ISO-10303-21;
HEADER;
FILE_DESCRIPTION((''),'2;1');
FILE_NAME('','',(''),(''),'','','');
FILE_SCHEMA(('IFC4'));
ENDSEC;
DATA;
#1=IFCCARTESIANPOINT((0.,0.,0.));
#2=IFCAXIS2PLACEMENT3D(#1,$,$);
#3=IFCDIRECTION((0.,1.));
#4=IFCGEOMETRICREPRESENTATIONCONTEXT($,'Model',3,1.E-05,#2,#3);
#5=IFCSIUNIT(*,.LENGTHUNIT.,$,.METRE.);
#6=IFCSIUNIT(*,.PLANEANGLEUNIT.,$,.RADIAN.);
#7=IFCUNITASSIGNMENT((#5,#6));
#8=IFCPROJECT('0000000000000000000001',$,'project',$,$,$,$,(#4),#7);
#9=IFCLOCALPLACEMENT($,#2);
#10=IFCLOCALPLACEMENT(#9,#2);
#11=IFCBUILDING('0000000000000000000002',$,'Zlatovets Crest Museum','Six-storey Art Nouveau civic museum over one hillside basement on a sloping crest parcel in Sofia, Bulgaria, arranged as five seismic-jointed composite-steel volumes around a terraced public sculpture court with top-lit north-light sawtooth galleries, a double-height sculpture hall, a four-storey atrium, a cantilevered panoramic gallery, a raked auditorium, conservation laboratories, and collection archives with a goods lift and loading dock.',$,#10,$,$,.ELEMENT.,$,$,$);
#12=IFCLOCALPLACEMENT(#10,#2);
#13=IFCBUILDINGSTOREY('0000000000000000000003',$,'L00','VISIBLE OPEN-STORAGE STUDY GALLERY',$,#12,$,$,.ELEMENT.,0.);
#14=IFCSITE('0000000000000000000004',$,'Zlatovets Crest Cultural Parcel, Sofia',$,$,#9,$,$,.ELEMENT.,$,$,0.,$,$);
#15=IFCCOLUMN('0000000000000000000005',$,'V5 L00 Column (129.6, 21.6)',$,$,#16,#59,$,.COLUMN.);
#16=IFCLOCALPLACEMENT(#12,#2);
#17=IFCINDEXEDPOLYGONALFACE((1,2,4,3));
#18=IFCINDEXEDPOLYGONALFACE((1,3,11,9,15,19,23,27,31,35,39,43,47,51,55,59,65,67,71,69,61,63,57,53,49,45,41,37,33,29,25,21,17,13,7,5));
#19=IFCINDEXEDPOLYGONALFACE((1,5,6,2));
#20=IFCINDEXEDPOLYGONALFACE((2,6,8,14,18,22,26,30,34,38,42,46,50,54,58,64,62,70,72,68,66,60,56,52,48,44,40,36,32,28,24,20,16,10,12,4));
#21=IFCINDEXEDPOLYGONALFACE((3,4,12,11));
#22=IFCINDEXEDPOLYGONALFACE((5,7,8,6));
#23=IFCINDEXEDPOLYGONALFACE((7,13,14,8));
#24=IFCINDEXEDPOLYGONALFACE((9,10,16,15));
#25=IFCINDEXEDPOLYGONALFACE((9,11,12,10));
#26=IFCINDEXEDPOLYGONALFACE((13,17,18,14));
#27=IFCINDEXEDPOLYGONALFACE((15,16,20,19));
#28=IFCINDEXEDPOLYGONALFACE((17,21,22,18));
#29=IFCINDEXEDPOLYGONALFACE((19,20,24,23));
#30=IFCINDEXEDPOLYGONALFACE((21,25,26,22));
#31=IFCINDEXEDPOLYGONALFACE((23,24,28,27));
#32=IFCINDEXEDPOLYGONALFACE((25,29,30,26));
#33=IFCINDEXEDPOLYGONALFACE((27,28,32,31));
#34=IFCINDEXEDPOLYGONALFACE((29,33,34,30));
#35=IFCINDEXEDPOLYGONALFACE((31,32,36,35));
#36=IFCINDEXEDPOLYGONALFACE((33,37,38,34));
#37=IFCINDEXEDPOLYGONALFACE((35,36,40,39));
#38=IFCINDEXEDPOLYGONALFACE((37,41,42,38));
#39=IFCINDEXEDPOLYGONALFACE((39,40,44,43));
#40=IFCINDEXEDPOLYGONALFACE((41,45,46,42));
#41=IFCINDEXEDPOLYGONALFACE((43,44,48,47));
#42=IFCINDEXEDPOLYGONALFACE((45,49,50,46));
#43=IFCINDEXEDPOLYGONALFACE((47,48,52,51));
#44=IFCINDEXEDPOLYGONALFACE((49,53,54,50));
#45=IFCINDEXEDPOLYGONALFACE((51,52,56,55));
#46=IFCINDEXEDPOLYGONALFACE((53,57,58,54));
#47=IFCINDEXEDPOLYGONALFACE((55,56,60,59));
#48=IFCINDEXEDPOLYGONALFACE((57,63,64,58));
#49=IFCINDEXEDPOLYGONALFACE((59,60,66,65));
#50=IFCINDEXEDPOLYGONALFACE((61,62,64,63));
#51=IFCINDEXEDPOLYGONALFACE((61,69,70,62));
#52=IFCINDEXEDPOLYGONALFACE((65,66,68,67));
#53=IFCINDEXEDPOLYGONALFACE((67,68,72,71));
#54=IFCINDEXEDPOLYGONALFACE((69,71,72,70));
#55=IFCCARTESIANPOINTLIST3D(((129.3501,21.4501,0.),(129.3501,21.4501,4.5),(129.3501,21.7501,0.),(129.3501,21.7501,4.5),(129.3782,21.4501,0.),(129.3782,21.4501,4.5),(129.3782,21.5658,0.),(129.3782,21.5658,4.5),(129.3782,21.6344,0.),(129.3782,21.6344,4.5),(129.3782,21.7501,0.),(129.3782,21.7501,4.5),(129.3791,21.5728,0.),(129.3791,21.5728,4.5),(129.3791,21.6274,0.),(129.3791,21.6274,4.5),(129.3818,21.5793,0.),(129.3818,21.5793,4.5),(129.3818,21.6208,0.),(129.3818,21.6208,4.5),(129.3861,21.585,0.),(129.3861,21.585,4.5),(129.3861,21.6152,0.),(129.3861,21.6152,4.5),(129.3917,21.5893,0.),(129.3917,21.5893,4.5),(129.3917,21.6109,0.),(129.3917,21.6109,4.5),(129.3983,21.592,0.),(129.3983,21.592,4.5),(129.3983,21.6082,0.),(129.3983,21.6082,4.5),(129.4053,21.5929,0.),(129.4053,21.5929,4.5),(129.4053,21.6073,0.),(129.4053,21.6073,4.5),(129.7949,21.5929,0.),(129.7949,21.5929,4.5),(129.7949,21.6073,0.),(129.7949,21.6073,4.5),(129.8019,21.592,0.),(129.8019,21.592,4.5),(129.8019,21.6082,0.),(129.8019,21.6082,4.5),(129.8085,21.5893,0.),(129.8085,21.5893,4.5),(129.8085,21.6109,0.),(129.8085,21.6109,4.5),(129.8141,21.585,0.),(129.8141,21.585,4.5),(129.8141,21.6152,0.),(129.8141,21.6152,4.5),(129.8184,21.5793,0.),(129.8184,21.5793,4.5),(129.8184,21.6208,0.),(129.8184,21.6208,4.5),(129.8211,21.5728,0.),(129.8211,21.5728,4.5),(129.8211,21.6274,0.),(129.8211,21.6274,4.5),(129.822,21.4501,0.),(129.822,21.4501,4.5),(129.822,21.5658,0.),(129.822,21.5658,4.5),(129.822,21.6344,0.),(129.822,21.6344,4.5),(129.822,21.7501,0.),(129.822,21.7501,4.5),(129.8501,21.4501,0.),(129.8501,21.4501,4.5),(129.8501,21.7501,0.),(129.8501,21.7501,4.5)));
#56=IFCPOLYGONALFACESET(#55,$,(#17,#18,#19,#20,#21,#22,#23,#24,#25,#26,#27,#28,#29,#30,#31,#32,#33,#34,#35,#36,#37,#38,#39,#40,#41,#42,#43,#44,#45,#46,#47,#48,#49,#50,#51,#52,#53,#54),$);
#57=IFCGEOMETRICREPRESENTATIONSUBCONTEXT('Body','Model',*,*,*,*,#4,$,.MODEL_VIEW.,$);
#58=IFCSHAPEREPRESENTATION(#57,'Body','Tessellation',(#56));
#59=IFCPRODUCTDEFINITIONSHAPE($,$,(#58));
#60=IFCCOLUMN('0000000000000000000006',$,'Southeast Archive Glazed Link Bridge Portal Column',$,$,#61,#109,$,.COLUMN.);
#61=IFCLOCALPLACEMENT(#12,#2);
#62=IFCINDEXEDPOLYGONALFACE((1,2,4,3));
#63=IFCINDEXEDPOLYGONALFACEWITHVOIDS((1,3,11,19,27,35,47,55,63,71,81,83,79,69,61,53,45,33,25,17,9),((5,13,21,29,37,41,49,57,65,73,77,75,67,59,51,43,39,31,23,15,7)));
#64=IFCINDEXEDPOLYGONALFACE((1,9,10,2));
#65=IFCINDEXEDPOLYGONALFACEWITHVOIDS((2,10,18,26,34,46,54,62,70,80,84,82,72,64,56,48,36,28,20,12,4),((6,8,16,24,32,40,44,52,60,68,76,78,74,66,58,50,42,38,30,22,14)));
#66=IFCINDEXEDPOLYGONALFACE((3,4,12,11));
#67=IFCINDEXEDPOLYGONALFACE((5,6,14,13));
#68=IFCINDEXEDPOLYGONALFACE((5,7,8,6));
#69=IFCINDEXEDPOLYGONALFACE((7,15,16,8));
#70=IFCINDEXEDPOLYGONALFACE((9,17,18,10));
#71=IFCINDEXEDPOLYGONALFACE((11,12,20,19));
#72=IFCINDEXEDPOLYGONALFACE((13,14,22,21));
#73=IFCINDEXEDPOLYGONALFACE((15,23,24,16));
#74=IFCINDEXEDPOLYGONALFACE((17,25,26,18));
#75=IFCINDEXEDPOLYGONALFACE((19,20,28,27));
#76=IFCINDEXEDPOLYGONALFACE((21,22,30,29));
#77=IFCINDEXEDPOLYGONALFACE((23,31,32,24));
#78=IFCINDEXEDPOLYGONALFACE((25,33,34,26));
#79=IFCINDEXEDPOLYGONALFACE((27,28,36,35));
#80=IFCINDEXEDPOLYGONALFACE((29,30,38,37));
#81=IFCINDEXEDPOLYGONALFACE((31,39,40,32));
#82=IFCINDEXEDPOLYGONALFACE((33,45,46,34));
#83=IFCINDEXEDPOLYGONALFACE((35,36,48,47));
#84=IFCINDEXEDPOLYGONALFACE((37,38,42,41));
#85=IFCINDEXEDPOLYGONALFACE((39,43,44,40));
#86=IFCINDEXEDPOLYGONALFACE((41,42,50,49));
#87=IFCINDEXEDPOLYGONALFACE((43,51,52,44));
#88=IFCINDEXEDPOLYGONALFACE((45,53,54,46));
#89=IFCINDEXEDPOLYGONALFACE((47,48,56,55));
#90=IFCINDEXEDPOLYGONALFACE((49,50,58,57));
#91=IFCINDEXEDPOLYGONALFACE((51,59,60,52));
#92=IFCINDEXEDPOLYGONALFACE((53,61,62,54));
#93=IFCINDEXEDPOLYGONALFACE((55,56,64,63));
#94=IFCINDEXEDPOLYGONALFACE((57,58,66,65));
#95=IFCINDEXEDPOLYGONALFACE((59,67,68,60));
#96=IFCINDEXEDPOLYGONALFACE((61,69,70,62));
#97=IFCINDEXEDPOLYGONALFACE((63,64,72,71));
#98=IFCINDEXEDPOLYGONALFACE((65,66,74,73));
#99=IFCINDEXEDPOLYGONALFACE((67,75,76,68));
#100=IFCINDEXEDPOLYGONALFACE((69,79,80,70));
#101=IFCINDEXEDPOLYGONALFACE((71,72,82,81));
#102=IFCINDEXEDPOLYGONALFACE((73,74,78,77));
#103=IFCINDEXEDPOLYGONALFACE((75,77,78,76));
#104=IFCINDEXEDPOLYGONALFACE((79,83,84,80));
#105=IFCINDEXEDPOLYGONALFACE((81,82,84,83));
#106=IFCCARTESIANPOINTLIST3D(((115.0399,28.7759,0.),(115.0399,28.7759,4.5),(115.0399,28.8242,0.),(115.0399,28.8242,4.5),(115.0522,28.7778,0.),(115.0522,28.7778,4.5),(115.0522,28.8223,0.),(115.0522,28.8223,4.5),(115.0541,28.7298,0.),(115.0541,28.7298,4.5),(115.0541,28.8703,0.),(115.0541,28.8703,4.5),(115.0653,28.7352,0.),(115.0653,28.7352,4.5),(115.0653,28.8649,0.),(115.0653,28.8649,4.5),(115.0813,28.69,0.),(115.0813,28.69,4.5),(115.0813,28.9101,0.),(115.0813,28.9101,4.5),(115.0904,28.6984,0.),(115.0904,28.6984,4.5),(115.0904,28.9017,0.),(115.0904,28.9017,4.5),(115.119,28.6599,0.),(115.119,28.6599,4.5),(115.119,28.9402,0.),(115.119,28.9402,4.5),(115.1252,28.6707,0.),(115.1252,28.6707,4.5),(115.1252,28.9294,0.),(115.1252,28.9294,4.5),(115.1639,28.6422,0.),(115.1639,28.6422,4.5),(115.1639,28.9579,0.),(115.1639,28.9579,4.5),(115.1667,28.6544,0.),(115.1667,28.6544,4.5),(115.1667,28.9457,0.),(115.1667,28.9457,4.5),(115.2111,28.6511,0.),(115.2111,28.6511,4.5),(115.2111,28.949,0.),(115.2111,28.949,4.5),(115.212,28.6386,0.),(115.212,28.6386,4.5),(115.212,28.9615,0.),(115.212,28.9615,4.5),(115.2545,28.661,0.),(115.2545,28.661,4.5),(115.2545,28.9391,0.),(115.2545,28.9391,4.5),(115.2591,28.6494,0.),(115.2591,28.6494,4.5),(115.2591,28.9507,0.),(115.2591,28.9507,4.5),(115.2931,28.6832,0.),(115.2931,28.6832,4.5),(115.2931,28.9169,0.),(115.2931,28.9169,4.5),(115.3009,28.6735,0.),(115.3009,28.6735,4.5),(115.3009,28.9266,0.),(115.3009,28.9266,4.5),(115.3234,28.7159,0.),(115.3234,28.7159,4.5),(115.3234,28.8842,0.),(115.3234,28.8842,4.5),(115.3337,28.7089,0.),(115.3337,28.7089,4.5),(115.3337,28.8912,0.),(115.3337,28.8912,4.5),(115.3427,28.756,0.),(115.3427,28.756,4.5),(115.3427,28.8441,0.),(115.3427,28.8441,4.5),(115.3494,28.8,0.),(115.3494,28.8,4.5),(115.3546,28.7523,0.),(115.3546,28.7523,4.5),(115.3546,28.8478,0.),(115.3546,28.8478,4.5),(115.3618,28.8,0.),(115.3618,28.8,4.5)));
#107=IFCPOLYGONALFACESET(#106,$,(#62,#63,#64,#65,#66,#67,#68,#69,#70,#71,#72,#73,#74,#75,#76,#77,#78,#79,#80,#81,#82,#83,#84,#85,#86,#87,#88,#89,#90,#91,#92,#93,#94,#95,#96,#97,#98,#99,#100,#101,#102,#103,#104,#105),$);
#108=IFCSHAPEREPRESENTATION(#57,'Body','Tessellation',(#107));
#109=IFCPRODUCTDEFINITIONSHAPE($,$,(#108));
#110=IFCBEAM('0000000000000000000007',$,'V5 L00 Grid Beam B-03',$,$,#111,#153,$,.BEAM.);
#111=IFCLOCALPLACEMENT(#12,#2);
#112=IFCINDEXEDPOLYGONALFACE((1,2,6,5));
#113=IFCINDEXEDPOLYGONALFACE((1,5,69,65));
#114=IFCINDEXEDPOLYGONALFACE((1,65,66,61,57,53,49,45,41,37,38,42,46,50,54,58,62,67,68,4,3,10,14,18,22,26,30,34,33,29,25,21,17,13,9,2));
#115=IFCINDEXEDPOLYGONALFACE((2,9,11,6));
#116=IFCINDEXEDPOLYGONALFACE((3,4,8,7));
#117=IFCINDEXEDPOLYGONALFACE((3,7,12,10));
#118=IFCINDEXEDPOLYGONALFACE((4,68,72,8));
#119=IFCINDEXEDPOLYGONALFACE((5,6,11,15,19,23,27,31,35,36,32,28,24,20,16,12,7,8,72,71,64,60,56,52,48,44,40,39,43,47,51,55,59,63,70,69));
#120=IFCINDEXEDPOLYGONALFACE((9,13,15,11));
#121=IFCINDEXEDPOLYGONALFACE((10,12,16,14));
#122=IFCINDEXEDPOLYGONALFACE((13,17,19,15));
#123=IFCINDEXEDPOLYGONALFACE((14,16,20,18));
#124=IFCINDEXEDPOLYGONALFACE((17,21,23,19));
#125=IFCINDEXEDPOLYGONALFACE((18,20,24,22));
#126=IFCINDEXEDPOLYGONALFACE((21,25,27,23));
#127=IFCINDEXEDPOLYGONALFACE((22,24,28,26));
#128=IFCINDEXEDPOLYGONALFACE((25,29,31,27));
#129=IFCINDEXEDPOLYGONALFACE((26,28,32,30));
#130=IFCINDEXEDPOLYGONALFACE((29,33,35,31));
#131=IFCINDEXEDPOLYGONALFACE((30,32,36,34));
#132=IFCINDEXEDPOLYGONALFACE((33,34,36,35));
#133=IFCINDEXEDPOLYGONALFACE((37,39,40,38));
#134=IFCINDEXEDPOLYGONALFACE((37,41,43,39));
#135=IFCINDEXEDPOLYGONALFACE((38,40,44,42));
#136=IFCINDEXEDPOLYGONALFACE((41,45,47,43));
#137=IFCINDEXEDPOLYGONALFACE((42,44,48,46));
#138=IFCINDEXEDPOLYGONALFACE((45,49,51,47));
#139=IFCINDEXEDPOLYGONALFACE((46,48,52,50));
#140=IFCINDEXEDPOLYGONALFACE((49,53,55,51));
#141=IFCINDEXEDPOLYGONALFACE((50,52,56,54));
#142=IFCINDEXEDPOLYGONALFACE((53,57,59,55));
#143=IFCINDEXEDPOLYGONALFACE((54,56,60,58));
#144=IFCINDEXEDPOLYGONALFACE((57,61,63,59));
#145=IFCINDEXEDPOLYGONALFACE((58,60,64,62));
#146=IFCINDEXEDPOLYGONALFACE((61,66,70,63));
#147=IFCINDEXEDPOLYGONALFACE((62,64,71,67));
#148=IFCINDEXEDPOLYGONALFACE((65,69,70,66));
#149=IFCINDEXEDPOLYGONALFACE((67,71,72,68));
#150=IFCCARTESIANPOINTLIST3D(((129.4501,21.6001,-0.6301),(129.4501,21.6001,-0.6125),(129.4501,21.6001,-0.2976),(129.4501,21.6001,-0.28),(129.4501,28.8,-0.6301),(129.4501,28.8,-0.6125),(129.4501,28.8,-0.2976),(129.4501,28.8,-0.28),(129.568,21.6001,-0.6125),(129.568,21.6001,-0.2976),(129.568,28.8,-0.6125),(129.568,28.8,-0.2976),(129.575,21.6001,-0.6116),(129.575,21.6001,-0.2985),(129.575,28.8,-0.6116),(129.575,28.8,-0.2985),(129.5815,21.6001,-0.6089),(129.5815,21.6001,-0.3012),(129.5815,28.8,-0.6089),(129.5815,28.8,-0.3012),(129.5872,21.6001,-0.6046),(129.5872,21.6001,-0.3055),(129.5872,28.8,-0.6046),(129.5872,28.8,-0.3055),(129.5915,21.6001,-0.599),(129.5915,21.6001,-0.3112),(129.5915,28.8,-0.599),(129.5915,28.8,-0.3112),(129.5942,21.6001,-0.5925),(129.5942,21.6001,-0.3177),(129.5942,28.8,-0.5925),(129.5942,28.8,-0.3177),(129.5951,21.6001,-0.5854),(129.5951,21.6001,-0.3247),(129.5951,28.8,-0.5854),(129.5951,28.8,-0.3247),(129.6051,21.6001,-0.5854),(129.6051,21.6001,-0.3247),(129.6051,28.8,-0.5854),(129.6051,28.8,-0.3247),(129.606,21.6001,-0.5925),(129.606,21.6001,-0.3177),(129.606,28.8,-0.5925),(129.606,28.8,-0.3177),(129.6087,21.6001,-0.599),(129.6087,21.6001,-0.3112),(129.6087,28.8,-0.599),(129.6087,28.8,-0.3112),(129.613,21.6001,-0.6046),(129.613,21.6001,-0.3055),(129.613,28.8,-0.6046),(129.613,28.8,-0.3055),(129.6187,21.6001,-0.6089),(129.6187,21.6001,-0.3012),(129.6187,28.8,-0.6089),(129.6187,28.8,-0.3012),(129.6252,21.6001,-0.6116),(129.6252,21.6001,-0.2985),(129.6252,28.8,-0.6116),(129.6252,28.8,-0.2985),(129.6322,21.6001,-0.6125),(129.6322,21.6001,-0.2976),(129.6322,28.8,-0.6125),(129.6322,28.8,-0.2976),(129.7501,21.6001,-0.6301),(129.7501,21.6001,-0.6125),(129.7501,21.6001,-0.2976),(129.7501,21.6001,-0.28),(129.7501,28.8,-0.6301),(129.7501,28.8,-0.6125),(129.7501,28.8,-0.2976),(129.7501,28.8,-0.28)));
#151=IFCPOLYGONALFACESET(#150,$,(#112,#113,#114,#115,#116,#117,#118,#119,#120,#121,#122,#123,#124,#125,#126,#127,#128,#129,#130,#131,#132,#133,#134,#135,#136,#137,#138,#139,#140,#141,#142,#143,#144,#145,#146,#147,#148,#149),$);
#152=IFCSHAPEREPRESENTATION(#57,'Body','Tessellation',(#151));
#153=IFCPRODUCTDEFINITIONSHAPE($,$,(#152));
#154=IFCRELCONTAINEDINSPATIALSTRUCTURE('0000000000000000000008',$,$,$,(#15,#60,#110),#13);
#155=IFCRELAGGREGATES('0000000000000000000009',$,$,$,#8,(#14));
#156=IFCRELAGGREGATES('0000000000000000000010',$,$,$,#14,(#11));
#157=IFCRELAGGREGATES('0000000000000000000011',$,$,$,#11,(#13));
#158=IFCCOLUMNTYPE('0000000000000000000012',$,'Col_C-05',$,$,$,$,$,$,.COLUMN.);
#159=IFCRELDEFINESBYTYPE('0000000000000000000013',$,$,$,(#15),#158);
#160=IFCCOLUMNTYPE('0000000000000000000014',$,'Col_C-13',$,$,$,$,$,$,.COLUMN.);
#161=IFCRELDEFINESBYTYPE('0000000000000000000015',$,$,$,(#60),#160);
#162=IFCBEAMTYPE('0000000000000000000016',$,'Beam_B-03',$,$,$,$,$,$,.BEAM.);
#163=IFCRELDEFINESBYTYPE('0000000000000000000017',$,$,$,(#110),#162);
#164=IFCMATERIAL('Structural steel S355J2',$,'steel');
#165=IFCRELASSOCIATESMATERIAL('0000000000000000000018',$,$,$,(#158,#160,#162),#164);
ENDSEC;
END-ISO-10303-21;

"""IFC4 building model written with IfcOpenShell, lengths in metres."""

from ifc_helpers import new_model, si_unit, direction, frame, origin, origin_2d, place, context, subcontext, project, spatial, hollow_circle, i_section, extrude, material, material_profile, profile_set, type_object, element, save


model = new_model("IFC4")

# Units and contexts
model_context = context("Model", 3, precision=1e-05, world=origin(), true_north=direction((0.0, 1.0)))
body_context = subcontext(model_context, "Body", "Model", "MODEL_VIEW")
ifc_project = project(units=[si_unit("LENGTHUNIT", "METRE"), si_unit("PLANEANGLEUNIT", "RADIAN")], contexts=[model_context])

# Site, building, storey
site_placement = place(None, origin())
site = spatial("IfcSite", under=ifc_project, at=site_placement, Name="Zlatovets Crest Cultural Parcel, Sofia", CompositionType="ELEMENT", RefElevation=0.0)
building_placement = place(site_placement, origin())
building = spatial("IfcBuilding", under=site, at=building_placement, Name="Zlatovets Crest Museum", Description="Six-storey Art Nouveau civic museum over one hillside basement on a sloping crest parcel in Sofia, Bulgaria, arranged as five seismic-jointed composite-steel volumes around a terraced public sculpture court with top-lit north-light sawtooth galleries, a double-height sculpture hall, a four-storey atrium, a cantilevered panoramic gallery, a raked auditorium, conservation laboratories, and collection archives with a goods lift and loading dock.", CompositionType="ELEMENT")
storey_placement = place(building_placement, origin())
storey = spatial("IfcBuildingStorey", under=building, at=storey_placement, Name="L00", Description="VISIBLE OPEN-STORAGE STUDY GALLERY", CompositionType="ELEMENT", Elevation=0.0)

# Columns
ifc_material_1 = material(Name="Structural steel S355J2", Category="steel")
ifc_material_profile_1 = material_profile(ifc_material_1, i_section(OverallWidth=0.3, OverallDepth=0.5, WebThickness=0.0144, FlangeThickness=0.0281, FilletRadius=0.0271, at=origin_2d()), Name="HEB 500")
ifc_profile_set_1 = profile_set([ifc_material_profile_1], Name="Structural steel S355J2")
column_type_1 = type_object("IfcColumnType", Name="Col_C-05", PredefinedType="COLUMN", material=ifc_profile_set_1)
column_1_placement = place(storey_placement, frame((129.6001, 21.6001, 0.0), z_axis=(0.0, 0.0, 1.0), x_axis=(0.0, 1.0, 0.0)))
element("IfcColumn", 1, at=column_1_placement, inside=storey, type_object=column_type_1, Name="V5 L00 Column (129.6, 21.6)", PredefinedType="COLUMN", context=body_context, shape_type="SweptSolid", body=[
    extrude(i_section(OverallWidth=0.3, OverallDepth=0.5, WebThickness=0.0144, FlangeThickness=0.0281, FilletRadius=0.0271, at=origin_2d()), origin(), (0.0, 0.0, 1.0), 4.5),
])
ifc_material_profile_2 = material_profile(ifc_material_1, hollow_circle(Radius=0.1619, WallThickness=0.0125, at=origin_2d()), Name="CHS 323.9x12.5")
ifc_profile_set_2 = profile_set([ifc_material_profile_2], Name="Structural steel S355J2")
column_type_2 = type_object("IfcColumnType", Name="Col_C-13", PredefinedType="COLUMN", material=ifc_profile_set_2)
column_2_placement = place(storey_placement, frame((115.2, 28.8, 0.0), z_axis=(0.0, 0.0, 1.0), x_axis=(1.0, 0.0, 0.0)))
element("IfcColumn", 2, at=column_2_placement, inside=storey, type_object=column_type_2, Name="Southeast Archive Glazed Link Bridge Portal Column", PredefinedType="COLUMN", context=body_context, shape_type="SweptSolid", body=[
    extrude(hollow_circle(Radius=0.1619, WallThickness=0.0125, at=origin_2d()), origin(), (0.0, 0.0, 1.0), 4.5),
])

# Beam
ifc_material_profile_3 = material_profile(ifc_material_1, i_section(OverallWidth=0.3, OverallDepth=0.3501, WebThickness=0.01, FlangeThickness=0.0176, FilletRadius=0.0271, at=origin_2d()), Name="HEA 360")
ifc_profile_set_3 = profile_set([ifc_material_profile_3], Name="Structural steel S355J2")
beam_type_1 = type_object("IfcBeamType", Name="Beam_B-03", PredefinedType="BEAM", material=ifc_profile_set_3)
beam_1_placement = place(storey_placement, frame((129.6001, 21.6001, -0.4551), z_axis=(0.0, 1.0, 0.0), x_axis=(-1.0, 0.0, 0.0)))
element("IfcBeam", 3, at=beam_1_placement, inside=storey, type_object=beam_type_1, Name="V5 L00 Grid Beam B-03", PredefinedType="BEAM", context=body_context, shape_type="SweptSolid", body=[
    extrude(i_section(OverallWidth=0.3, OverallDepth=0.3501, WebThickness=0.01, FlangeThickness=0.0176, FilletRadius=0.0271, at=origin_2d()), origin(), (0.0, 0.0, 1.0), 7.2),
])

save(model, "model.ifc")
